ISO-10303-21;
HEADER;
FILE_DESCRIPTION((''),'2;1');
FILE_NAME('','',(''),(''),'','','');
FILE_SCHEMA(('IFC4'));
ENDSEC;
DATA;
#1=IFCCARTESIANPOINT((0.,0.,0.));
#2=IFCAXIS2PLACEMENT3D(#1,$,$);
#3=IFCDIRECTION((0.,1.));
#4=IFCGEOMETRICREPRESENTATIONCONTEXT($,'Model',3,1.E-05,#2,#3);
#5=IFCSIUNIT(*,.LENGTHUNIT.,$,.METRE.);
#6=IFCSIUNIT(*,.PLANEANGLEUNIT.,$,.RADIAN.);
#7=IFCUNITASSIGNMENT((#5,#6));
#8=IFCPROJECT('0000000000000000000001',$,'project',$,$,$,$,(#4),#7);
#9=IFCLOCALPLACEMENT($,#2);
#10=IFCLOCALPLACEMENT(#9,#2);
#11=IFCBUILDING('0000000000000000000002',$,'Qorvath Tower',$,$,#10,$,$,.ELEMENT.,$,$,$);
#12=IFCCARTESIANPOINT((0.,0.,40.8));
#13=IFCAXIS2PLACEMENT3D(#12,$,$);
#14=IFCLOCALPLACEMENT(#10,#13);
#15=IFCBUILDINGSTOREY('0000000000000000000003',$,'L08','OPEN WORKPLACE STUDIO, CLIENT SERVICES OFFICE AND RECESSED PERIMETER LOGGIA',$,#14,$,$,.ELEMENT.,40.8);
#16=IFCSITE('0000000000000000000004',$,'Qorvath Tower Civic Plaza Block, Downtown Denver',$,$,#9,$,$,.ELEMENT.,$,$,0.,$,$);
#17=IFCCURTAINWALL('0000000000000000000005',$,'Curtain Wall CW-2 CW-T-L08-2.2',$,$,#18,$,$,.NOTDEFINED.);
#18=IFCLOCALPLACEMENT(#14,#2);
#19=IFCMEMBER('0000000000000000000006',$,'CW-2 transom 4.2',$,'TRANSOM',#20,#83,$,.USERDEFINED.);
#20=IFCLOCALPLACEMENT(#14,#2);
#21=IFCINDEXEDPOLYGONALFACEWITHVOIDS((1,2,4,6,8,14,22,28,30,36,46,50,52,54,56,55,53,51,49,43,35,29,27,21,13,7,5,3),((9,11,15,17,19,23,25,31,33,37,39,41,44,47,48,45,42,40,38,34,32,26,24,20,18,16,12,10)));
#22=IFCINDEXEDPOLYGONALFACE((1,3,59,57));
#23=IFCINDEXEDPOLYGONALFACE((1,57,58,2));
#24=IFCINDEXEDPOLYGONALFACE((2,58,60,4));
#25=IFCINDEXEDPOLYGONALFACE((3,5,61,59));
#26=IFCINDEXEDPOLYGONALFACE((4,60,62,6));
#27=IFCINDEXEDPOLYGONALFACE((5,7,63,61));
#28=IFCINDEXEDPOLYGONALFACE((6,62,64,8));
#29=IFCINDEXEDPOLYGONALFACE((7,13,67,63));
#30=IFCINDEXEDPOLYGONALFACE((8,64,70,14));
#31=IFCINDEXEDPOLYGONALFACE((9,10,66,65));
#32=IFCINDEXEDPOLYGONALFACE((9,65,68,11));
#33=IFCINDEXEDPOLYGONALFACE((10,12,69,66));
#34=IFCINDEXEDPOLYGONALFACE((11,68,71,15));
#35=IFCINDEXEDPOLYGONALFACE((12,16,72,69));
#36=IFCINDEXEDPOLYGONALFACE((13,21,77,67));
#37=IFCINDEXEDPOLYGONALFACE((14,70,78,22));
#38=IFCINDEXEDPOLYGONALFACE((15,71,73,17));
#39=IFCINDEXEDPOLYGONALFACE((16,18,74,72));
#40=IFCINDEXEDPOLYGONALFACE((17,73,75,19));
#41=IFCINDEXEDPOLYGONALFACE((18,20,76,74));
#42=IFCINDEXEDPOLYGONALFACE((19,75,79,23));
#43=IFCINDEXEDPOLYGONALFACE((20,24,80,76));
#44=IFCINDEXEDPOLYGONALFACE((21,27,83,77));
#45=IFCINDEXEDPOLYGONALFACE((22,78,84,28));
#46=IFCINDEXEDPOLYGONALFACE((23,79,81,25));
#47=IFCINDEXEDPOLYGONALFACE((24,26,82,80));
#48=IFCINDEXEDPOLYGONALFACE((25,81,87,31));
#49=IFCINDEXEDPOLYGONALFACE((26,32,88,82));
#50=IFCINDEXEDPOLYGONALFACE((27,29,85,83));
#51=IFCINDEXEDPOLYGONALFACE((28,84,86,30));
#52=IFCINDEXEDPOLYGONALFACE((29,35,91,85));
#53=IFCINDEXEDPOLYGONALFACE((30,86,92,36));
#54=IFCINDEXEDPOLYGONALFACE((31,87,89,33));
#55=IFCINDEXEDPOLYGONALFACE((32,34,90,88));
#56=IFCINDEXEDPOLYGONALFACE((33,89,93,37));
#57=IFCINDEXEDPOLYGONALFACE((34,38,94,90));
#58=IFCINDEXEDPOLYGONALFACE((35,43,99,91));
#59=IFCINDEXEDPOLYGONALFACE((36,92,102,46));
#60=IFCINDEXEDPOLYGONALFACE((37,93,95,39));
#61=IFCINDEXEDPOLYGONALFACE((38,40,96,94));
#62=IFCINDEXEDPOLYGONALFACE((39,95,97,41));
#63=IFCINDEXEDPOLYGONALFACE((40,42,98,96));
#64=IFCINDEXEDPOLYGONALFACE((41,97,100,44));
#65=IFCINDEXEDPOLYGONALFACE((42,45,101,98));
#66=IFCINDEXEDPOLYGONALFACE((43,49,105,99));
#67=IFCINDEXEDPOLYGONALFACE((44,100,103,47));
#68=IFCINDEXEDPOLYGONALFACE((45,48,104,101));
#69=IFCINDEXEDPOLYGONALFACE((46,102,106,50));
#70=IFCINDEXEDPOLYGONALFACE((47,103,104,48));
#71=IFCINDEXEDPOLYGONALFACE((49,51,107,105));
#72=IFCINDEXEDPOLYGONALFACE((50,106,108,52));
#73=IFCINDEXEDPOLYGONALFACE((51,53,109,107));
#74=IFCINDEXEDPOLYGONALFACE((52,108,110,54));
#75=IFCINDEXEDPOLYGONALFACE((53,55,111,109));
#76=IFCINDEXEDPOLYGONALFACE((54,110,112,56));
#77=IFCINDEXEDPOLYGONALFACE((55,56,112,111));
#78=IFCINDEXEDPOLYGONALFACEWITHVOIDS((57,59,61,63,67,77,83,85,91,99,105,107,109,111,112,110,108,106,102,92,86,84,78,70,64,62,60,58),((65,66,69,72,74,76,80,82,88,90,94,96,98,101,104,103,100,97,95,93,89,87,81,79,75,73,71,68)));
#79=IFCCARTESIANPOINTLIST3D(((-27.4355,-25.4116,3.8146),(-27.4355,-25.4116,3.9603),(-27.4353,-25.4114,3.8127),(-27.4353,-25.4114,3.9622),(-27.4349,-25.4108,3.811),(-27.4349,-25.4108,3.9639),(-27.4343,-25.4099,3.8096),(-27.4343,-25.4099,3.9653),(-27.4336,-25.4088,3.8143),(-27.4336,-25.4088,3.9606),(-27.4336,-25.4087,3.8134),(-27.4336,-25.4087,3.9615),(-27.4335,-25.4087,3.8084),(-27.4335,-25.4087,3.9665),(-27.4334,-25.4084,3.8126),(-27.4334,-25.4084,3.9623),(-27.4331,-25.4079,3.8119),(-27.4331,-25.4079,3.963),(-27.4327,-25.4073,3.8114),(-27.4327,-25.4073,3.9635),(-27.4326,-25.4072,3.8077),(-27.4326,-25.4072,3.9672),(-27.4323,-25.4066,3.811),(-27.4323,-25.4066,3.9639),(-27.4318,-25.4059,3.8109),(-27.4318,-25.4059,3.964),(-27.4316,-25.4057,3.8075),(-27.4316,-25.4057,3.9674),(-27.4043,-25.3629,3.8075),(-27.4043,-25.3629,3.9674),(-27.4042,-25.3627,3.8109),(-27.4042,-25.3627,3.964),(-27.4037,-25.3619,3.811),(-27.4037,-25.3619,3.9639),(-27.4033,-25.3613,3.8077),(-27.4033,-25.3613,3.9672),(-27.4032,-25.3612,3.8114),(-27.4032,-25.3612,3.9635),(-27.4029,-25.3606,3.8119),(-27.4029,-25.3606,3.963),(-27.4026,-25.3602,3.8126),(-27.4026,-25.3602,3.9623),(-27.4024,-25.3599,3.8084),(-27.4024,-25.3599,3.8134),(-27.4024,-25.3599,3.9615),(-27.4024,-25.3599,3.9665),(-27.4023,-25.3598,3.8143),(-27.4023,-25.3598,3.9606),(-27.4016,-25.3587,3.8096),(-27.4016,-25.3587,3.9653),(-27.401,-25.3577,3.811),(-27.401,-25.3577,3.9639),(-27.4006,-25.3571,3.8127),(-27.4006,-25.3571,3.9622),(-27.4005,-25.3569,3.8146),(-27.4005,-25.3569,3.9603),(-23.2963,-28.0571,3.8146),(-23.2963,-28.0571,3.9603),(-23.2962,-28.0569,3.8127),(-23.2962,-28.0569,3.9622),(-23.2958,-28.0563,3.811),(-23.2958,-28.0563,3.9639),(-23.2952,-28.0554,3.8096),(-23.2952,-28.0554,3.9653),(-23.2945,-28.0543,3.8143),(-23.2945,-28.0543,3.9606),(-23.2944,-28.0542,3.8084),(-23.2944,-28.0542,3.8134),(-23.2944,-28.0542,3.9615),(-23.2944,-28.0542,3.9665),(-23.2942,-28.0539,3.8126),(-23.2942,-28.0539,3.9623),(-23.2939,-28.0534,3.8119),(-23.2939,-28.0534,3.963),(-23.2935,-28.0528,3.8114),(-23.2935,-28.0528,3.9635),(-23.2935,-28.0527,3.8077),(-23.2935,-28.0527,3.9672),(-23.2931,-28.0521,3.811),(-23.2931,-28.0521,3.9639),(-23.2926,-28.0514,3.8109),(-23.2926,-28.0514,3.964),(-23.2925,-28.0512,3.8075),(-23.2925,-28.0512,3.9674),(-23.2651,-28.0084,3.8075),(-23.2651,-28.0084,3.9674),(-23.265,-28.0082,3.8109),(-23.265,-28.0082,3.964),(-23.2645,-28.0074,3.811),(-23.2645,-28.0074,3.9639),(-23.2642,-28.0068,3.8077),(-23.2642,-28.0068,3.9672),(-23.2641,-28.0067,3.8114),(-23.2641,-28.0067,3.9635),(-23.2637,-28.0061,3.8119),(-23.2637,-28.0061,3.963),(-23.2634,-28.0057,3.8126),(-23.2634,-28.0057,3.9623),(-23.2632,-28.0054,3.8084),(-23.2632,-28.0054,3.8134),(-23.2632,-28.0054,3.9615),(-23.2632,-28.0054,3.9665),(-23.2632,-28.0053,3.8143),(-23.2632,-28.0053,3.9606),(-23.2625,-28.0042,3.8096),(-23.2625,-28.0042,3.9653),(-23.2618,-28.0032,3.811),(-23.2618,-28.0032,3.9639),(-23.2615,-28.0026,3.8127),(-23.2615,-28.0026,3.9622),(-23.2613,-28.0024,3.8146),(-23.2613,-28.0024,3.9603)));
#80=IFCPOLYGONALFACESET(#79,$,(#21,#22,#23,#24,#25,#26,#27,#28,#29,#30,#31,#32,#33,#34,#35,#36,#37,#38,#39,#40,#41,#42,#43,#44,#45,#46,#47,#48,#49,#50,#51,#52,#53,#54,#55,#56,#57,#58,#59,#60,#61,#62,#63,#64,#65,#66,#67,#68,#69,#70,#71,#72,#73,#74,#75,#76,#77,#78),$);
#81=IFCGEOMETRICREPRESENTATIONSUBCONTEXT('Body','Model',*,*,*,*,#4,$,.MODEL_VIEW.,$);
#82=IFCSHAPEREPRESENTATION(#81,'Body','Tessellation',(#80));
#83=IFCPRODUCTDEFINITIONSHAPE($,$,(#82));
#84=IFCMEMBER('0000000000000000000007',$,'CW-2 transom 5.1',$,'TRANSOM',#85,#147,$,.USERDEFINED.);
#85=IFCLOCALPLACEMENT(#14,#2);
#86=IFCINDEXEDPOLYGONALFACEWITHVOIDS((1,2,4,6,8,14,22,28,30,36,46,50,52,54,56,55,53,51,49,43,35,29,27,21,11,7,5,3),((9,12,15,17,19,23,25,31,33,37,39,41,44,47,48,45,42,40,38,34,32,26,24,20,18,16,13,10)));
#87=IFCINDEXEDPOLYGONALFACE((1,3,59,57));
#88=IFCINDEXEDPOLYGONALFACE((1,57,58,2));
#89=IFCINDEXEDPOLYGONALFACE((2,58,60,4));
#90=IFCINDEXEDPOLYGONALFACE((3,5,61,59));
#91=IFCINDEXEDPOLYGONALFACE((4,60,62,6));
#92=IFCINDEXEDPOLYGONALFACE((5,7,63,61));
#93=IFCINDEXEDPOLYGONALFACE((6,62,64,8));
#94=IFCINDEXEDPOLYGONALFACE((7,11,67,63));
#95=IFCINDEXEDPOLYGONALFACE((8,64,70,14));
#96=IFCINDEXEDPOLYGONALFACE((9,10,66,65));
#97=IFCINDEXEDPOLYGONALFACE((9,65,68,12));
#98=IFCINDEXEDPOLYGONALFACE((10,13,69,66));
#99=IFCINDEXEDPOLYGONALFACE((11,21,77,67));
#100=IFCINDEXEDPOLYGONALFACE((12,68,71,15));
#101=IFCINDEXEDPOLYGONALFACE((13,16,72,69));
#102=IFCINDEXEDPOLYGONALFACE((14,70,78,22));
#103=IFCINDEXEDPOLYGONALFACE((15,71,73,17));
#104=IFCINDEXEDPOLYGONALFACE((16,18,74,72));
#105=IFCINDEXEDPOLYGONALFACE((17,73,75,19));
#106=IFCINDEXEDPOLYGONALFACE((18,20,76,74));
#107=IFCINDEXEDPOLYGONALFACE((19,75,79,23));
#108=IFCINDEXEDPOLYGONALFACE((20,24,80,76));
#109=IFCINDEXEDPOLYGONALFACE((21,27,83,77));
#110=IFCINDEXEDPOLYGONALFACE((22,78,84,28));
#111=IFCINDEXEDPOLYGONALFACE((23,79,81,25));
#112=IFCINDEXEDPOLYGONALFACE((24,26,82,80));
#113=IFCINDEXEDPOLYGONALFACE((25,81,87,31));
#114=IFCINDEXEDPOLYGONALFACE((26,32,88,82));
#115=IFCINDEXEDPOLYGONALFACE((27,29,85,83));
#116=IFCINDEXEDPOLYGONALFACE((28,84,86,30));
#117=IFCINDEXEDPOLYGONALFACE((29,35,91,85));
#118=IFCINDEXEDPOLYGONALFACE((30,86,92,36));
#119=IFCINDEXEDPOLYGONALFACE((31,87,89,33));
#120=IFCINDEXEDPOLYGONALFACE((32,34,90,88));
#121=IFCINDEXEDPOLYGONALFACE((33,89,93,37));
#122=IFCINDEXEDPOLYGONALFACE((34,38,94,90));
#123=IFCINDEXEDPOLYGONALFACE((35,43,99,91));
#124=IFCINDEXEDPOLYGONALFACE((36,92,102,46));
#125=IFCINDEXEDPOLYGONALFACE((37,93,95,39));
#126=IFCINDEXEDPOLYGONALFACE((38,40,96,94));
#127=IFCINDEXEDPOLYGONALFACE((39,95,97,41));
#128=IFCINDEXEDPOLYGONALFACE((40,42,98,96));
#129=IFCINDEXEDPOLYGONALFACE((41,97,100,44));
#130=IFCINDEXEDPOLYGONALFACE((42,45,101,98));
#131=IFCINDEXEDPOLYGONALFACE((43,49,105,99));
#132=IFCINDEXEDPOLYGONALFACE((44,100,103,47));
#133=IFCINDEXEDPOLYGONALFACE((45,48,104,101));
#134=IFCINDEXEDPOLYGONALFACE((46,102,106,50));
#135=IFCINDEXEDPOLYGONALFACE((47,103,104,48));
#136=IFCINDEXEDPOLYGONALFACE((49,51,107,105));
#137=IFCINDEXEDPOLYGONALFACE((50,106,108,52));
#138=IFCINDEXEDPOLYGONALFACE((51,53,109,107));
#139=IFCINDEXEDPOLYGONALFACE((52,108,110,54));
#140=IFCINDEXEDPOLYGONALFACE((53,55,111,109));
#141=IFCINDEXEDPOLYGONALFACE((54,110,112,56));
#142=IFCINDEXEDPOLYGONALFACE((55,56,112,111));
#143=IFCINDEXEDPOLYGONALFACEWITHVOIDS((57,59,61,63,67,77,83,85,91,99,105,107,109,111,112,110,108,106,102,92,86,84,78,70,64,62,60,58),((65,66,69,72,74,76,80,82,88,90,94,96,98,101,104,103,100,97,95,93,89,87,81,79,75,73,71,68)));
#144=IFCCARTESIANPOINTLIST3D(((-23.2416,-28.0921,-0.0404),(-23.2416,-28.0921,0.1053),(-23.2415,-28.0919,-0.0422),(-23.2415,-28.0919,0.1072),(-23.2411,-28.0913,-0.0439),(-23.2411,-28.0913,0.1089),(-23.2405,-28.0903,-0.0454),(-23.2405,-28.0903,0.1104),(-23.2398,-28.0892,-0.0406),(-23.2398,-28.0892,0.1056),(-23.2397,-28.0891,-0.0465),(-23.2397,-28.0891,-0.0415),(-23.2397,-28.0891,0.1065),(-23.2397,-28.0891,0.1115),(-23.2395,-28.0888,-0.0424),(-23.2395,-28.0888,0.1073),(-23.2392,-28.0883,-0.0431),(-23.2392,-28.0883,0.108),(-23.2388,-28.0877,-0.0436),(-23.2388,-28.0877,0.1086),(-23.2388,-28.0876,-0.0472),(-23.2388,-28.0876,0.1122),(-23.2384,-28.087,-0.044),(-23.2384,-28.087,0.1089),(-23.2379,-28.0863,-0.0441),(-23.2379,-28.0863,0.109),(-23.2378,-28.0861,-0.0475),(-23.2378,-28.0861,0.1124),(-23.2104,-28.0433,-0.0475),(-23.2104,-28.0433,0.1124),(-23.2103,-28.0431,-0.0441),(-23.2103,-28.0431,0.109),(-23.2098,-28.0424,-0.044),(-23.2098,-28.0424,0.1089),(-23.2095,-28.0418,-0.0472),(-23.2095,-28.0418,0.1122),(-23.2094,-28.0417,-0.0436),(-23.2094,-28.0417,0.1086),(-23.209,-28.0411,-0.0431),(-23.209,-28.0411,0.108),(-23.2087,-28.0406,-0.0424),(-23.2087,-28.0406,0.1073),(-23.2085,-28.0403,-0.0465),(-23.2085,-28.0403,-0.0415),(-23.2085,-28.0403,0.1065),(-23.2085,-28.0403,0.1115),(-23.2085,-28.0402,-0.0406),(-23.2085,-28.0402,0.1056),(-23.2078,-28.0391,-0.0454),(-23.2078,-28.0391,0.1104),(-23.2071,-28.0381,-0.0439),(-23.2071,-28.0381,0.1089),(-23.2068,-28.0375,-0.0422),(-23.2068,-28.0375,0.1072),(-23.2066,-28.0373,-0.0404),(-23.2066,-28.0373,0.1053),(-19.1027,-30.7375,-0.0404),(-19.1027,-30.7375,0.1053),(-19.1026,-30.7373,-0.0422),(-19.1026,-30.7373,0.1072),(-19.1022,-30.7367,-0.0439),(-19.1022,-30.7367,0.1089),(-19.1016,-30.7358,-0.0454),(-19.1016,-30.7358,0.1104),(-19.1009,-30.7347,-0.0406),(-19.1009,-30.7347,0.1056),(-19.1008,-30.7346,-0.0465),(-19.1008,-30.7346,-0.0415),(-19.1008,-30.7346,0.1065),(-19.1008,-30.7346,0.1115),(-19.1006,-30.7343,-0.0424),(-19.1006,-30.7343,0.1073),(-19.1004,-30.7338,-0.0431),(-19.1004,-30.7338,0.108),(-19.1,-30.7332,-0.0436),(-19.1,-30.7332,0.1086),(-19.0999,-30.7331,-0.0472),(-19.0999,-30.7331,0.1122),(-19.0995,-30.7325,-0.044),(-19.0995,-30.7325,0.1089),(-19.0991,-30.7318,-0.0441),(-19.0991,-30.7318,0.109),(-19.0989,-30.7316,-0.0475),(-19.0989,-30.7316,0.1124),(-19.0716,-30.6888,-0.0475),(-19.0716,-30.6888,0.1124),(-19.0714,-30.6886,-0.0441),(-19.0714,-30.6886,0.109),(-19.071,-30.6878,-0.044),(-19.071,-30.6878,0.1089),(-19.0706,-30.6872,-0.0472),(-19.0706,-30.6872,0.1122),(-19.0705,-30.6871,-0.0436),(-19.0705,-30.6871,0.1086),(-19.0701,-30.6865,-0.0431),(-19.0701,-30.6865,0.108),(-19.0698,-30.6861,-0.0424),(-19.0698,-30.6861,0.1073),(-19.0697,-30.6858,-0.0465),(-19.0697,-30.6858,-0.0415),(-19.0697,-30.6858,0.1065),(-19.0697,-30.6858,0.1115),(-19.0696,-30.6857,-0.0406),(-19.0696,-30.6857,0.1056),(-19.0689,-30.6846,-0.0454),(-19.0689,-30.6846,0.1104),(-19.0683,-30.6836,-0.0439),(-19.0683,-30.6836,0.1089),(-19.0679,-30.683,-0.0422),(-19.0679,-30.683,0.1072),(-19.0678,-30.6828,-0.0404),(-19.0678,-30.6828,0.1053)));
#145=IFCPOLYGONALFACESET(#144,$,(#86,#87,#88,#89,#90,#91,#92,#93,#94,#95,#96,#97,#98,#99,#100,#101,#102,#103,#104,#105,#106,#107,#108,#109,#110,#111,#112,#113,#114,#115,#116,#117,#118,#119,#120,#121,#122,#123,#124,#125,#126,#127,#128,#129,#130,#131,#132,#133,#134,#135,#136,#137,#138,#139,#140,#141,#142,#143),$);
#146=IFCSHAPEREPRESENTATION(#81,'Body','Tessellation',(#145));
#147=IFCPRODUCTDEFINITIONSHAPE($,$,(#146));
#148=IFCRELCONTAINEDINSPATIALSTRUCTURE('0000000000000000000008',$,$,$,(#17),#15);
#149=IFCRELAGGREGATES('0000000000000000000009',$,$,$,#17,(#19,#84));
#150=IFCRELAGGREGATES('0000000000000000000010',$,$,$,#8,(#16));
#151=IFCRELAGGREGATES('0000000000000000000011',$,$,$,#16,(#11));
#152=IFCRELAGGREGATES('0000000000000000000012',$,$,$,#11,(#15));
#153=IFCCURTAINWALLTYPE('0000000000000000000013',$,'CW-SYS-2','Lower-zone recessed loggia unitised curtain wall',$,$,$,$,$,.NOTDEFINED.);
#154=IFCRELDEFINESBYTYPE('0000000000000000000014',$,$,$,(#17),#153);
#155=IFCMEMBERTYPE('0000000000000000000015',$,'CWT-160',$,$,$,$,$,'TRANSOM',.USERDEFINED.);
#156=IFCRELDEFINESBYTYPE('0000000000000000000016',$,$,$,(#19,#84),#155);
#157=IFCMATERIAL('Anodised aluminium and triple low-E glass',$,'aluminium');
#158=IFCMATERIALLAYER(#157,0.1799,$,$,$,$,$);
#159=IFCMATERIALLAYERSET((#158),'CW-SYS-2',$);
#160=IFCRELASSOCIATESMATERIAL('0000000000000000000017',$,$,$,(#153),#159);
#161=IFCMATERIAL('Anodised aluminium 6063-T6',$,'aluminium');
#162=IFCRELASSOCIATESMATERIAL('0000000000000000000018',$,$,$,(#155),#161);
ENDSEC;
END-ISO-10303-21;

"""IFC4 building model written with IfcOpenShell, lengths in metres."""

from ifc_helpers import new_model, si_unit, direction, frame, origin, origin_2d, place, context, subcontext, project, spatial, hollow_rectangle, extrude, material, layer, layer_set, material_profile, profile_set, type_object, element, aggregate, save


model = new_model("IFC4")

# Units and contexts
model_context = context("Model", 3, precision=1e-05, world=origin(), true_north=direction((0.0, 1.0)))
body_context = subcontext(model_context, "Body", "Model", "MODEL_VIEW")
ifc_project = project(units=[si_unit("LENGTHUNIT", "METRE"), si_unit("PLANEANGLEUNIT", "RADIAN")], contexts=[model_context])

# Site, building, storey
site_placement = place(None, origin())
site = spatial("IfcSite", under=ifc_project, at=site_placement, Name="Qorvath Tower Civic Plaza Block, Downtown Denver", CompositionType="ELEMENT", RefElevation=0.0)
building_placement = place(site_placement, origin())
building = spatial("IfcBuilding", under=site, at=building_placement, Name="Qorvath Tower", CompositionType="ELEMENT")
storey_placement = place(building_placement, frame((0.0, 0.0, 40.8)))
storey = spatial("IfcBuildingStorey", under=building, at=storey_placement, Name="L08", Description="OPEN WORKPLACE STUDIO, CLIENT SERVICES OFFICE AND RECESSED PERIMETER LOGGIA", CompositionType="ELEMENT", Elevation=40.8)

# Curtain wall, members
ifc_material_1 = material(Name="Anodised aluminium and triple low-E glass", Category="aluminium")
ifc_layer_1 = layer(ifc_material_1, 0.1799)
ifc_layer_set_1 = layer_set([ifc_layer_1], Name="CW-SYS-2")
curtain_wall_type = type_object("IfcCurtainWallType", Name="CW-SYS-2", Description="Lower-zone recessed loggia unitised curtain wall", PredefinedType="NOTDEFINED", material=ifc_layer_set_1)
curtain_wall_placement = place(storey_placement, origin())
curtain_wall = element("IfcCurtainWall", 1, at=curtain_wall_placement, inside=storey, type_object=curtain_wall_type, Name="Curtain Wall CW-2 CW-T-L08-2.2", PredefinedType="NOTDEFINED")
ifc_material_2 = material(Name="Anodised aluminium 6063-T6", Category="aluminium")
ifc_material_profile_1 = material_profile(ifc_material_2, hollow_rectangle(XDim=0.0649, YDim=0.1599, WallThickness=0.0034, InnerFilletRadius=0.0034, OuterFilletRadius=0.0071, at=origin_2d()), Name="CWT 160x65")
ifc_profile_set_1 = profile_set([ifc_material_profile_1], Name="Anodised aluminium 6063-T6")
member_type_1 = type_object("IfcMemberType", Name="CWT-160", ElementType="TRANSOM", PredefinedType="USERDEFINED", material=ifc_profile_set_1)
member_1_placement = place(storey_placement, frame((-27.418, -25.3843, 3.8875), z_axis=(0.8426, -0.53854, 0.0), x_axis=(0.53854, 0.8426, 0.0)))
member_1 = element("IfcMember", 2, at=member_1_placement, type_object=member_type_1, Name="CW-2 transom 4.2", ObjectType="TRANSOM", PredefinedType="USERDEFINED", context=body_context, shape_type="SweptSolid", body=[
    extrude(hollow_rectangle(XDim=0.0649, YDim=0.1599, WallThickness=0.0034, InnerFilletRadius=0.0034, OuterFilletRadius=0.0071, at=origin_2d()), origin(), (0.0, 0.0, 1.0), 4.9124),
])
member_2_placement = place(storey_placement, frame((-23.2241, -28.0647, 0.0325), z_axis=(0.842585, -0.538563, 0.0), x_axis=(0.538563, 0.842585, 0.0)))
member_2 = element("IfcMember", 3, at=member_2_placement, type_object=member_type_1, Name="CW-2 transom 5.1", ObjectType="TRANSOM", PredefinedType="USERDEFINED", context=body_context, shape_type="SweptSolid", body=[
    extrude(hollow_rectangle(XDim=0.0649, YDim=0.1599, WallThickness=0.0034, InnerFilletRadius=0.0034, OuterFilletRadius=0.0071, at=origin_2d()), origin(), (0.0, 0.0, 1.0), 4.9121),
])
aggregate(curtain_wall, [member_1, member_2])

save(model, "model.ifc")
